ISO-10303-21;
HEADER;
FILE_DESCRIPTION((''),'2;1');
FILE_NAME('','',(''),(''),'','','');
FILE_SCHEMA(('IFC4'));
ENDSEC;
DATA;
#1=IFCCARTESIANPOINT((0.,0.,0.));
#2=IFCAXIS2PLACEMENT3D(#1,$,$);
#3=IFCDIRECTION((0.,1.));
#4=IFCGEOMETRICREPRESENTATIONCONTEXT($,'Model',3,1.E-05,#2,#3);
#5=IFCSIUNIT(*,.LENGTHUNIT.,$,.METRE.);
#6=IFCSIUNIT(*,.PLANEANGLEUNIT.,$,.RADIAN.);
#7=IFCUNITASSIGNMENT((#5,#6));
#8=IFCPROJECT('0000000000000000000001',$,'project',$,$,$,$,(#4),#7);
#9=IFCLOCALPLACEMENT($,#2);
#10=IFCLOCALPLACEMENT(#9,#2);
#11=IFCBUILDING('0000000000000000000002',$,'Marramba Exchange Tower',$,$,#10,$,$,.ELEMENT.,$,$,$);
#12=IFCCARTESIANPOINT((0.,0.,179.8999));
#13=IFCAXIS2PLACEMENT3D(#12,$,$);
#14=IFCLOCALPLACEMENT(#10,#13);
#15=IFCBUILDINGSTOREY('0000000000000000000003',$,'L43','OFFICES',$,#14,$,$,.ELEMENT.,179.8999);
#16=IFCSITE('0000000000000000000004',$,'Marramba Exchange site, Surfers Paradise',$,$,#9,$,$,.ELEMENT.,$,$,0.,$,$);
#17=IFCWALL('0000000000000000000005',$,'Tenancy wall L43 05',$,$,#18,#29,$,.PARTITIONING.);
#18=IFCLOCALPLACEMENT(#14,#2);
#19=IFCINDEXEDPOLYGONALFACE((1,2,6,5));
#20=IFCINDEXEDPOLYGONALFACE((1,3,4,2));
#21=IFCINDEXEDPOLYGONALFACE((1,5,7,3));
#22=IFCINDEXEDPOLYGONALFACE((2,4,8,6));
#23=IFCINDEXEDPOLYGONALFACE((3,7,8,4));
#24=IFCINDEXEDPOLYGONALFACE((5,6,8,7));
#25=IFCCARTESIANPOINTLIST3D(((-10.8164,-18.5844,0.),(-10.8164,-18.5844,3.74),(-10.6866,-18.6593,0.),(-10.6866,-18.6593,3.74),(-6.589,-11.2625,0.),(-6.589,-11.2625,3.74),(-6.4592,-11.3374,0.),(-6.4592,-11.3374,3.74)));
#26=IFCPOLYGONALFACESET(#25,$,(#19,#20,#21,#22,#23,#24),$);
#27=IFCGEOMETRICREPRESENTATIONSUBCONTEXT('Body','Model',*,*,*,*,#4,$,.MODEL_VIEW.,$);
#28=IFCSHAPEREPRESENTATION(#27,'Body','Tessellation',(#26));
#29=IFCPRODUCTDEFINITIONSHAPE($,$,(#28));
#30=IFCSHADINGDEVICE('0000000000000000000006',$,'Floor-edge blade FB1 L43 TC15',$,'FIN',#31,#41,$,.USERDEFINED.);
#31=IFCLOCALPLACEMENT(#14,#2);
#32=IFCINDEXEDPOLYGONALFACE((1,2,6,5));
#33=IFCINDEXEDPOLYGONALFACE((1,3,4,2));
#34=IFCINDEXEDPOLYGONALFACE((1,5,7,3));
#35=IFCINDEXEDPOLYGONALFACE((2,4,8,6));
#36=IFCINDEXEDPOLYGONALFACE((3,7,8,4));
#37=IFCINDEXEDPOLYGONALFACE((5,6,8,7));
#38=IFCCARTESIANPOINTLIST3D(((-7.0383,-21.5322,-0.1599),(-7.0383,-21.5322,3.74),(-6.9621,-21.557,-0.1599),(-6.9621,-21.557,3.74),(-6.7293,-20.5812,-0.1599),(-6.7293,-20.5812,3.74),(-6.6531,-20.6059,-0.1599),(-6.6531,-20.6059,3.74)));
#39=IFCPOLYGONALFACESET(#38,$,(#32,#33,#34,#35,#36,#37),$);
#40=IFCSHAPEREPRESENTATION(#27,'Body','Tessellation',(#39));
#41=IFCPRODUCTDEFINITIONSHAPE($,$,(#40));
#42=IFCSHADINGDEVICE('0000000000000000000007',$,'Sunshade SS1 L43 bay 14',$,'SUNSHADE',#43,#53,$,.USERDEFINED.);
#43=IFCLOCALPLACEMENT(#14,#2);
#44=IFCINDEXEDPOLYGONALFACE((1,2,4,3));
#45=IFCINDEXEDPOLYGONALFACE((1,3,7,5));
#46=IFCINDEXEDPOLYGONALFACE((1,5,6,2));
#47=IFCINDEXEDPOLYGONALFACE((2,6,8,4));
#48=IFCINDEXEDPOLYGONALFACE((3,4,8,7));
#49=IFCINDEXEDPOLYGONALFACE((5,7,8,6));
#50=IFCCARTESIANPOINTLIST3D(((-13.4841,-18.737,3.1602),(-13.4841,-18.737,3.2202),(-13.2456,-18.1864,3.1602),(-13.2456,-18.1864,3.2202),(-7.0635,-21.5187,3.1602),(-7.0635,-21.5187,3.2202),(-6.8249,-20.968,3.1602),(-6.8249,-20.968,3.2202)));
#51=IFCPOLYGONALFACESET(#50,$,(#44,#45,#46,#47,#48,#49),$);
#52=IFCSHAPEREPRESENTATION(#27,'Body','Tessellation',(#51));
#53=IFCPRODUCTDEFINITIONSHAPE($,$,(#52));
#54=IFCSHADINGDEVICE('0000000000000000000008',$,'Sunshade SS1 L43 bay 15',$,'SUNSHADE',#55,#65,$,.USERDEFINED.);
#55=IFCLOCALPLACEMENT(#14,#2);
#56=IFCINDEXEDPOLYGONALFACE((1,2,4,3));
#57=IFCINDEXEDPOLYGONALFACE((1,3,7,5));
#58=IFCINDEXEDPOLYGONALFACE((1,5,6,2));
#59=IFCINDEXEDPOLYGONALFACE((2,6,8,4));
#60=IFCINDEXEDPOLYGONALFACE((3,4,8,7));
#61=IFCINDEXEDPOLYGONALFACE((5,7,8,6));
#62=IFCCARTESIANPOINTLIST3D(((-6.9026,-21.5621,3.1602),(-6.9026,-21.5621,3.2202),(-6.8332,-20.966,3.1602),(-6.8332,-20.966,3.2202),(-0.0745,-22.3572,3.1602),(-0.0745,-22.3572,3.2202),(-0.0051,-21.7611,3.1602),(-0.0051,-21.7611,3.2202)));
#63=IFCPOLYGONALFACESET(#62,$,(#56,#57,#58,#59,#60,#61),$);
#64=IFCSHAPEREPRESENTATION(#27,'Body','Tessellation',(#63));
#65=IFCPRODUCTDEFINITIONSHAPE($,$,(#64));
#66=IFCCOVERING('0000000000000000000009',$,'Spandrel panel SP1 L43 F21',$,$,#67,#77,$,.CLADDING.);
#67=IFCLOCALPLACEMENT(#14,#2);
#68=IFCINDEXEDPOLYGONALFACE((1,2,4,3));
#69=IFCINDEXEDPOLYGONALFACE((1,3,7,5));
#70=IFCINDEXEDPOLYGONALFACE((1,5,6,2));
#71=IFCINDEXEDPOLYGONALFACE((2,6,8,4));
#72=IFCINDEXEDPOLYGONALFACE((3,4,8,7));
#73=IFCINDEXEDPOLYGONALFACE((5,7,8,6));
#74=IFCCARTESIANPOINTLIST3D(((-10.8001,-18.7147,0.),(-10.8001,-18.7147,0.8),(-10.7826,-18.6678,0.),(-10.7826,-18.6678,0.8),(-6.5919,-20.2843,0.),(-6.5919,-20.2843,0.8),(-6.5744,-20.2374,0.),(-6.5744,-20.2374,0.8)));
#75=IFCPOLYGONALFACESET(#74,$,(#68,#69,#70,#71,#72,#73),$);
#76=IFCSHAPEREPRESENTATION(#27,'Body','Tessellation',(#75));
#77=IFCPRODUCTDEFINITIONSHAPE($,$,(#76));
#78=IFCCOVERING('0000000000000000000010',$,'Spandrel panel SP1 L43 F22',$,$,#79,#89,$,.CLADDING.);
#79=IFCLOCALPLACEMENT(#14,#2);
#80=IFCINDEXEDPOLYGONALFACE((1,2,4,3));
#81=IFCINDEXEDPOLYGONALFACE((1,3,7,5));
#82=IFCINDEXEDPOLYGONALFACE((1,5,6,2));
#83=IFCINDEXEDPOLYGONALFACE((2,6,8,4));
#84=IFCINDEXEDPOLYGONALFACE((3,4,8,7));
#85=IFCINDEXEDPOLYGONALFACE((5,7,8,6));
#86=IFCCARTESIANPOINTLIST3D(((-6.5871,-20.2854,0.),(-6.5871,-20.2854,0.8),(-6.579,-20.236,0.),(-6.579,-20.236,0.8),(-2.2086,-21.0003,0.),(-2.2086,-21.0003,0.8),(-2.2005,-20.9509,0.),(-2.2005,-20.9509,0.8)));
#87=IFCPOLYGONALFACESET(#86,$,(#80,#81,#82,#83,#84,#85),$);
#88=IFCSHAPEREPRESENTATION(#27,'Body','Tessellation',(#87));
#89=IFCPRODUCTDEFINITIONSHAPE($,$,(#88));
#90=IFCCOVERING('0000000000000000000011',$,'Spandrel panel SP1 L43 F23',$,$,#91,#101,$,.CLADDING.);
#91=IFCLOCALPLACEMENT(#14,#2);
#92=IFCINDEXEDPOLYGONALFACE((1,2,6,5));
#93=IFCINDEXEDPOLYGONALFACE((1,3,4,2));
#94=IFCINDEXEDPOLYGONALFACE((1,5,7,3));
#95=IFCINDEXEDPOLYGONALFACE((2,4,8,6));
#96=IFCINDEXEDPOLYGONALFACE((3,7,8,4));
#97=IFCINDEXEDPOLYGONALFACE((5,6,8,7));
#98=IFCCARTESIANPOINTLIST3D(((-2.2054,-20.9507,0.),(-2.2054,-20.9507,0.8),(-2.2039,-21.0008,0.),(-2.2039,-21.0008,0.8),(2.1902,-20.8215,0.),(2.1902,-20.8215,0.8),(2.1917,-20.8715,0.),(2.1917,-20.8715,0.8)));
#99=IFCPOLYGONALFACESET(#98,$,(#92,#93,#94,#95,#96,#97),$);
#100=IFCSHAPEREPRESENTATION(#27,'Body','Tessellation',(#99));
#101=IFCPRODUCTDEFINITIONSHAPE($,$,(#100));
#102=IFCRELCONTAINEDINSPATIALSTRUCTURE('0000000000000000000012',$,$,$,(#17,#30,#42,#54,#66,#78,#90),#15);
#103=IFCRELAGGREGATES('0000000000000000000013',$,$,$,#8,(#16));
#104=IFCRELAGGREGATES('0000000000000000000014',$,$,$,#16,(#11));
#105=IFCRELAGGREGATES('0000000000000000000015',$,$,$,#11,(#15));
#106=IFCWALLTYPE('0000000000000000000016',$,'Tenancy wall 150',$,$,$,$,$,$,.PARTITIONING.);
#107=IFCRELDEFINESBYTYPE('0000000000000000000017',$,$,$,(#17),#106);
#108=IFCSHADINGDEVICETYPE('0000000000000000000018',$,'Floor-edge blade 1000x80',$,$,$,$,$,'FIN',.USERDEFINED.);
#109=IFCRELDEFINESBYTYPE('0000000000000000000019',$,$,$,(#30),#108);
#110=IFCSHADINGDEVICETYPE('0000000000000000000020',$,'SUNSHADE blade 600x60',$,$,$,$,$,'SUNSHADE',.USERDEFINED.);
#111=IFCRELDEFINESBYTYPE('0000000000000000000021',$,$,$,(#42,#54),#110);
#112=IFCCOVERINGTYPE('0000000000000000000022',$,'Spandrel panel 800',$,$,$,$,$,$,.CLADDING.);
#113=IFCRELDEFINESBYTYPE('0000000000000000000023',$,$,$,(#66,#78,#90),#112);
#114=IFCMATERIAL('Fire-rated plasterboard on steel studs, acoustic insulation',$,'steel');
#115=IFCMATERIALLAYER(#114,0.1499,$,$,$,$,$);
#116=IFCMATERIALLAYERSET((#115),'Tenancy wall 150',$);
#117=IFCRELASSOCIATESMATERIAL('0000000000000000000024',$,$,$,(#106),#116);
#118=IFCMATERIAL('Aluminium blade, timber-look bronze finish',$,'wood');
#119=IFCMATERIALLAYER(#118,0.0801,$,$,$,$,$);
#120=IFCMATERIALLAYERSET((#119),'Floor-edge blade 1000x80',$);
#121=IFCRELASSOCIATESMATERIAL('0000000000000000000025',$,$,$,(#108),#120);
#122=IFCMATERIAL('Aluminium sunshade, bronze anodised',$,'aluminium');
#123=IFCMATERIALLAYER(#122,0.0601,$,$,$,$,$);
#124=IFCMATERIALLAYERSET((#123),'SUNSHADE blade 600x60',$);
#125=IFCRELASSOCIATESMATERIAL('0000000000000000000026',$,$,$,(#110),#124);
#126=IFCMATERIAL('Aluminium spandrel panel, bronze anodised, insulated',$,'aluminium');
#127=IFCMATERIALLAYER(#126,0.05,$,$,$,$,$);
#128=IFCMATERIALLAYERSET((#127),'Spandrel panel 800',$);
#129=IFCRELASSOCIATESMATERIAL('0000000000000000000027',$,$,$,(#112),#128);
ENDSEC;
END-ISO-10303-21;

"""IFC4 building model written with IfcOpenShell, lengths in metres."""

from ifc_helpers import new_model, si_unit, direction, frame, frame_2d, origin, origin_2d, place, context, subcontext, project, spatial, rectangle, extrude, material, layer, layer_set, type_object, element, save


model = new_model("IFC4")

# Units and contexts
model_context = context("Model", 3, precision=1e-05, world=origin(), true_north=direction((0.0, 1.0)))
body_context = subcontext(model_context, "Body", "Model", "MODEL_VIEW")
ifc_project = project(units=[si_unit("LENGTHUNIT", "METRE"), si_unit("PLANEANGLEUNIT", "RADIAN")], contexts=[model_context])

# Site, building, storey
site_placement = place(None, origin())
site = spatial("IfcSite", under=ifc_project, at=site_placement, Name="Marramba Exchange site, Surfers Paradise", CompositionType="ELEMENT", RefElevation=0.0)
building_placement = place(site_placement, origin())
building = spatial("IfcBuilding", under=site, at=building_placement, Name="Marramba Exchange Tower", CompositionType="ELEMENT")
storey_placement = place(building_placement, frame((0.0, 0.0, 179.8999)))
storey = spatial("IfcBuildingStorey", under=building, at=storey_placement, Name="L43", Description="OFFICES", CompositionType="ELEMENT", Elevation=179.8999)

# Wall
ifc_material_1 = material(Name="Fire-rated plasterboard on steel studs, acoustic insulation", Category="steel")
ifc_layer_1 = layer(ifc_material_1, 0.1499)
ifc_layer_set_1 = layer_set([ifc_layer_1], Name="Tenancy wall 150")
wall_type = type_object("IfcWallType", Name="Tenancy wall 150", PredefinedType="PARTITIONING", material=ifc_layer_set_1)
wall_placement = place(storey_placement, frame((-10.7515, -18.6218, 0.0), z_axis=(0.0, 0.0, 1.0), x_axis=(0.500006, 0.866022, 0.0)))
element("IfcWall", 1, at=wall_placement, inside=storey, type_object=wall_type, Name="Tenancy wall L43 05", PredefinedType="PARTITIONING", context=body_context, shape_type="SweptSolid", body=[
    extrude(rectangle(XDim=8.4546, YDim=0.1499, at=frame_2d((4.2273, 0.0))), origin(), (0.0, 0.0, 1.0), 3.74),
])

# Shading devices
ifc_material_2 = material(Name="Aluminium blade, timber-look bronze finish", Category="wood")
ifc_layer_2 = layer(ifc_material_2, 0.0801)
ifc_layer_set_2 = layer_set([ifc_layer_2], Name="Floor-edge blade 1000x80")
shading_device_type_1 = type_object("IfcShadingDeviceType", Name="Floor-edge blade 1000x80", ElementType="FIN", PredefinedType="USERDEFINED", material=ifc_layer_set_2)
shading_device_1_placement = place(storey_placement, frame((-6.8457, -21.0691, -0.1599), z_axis=(0.0, 0.0, 1.0), x_axis=(-0.309017, -0.951057, 0.0)))
element("IfcShadingDevice", 2, at=shading_device_1_placement, inside=storey, type_object=shading_device_type_1, Name="Floor-edge blade FB1 L43 TC15", ObjectType="FIN", PredefinedType="USERDEFINED", context=body_context, shape_type="SweptSolid", body=[
    extrude(rectangle(XDim=1.0, YDim=0.0801, at=origin_2d()), origin(), (0.0, 0.0, 1.0), 3.8999),
])
ifc_material_3 = material(Name="Aluminium sunshade, bronze anodised", Category="aluminium")
ifc_layer_3 = layer(ifc_material_3, 0.0601)
ifc_layer_set_3 = layer_set([ifc_layer_3], Name="SUNSHADE blade 600x60")
shading_device_type_2 = type_object("IfcShadingDeviceType", Name="SUNSHADE blade 600x60", ElementType="SUNSHADE", PredefinedType="USERDEFINED", material=ifc_layer_set_3)
shading_device_2_placement = place(storey_placement, frame((-10.1545, -19.8525, 3.1602), z_axis=(0.0, 0.0, 1.0), x_axis=(0.917589, -0.39753, 0.0)))
element("IfcShadingDevice", 3, at=shading_device_2_placement, inside=storey, type_object=shading_device_type_2, Name="Sunshade SS1 L43 bay 14", ObjectType="SUNSHADE", PredefinedType="USERDEFINED", context=body_context, shape_type="SweptSolid", body=[
    extrude(rectangle(XDim=6.9973, YDim=0.6001, at=origin_2d()), origin(), (0.0, 0.0, 1.0), 0.0601),
])
shading_device_3_placement = place(storey_placement, frame((-3.4539, -21.6616, 3.1602), z_axis=(0.0, 0.0, 1.0), x_axis=(0.993288, -0.115665, 0.0)))
element("IfcShadingDevice", 4, at=shading_device_3_placement, inside=storey, type_object=shading_device_type_2, Name="Sunshade SS1 L43 bay 15", ObjectType="SUNSHADE", PredefinedType="USERDEFINED", context=body_context, shape_type="SweptSolid", body=[
    extrude(rectangle(XDim=6.8743, YDim=0.6001, at=origin_2d()), origin(), (0.0, 0.0, 1.0), 0.0601),
])

# Coverings
ifc_material_4 = material(Name="Aluminium spandrel panel, bronze anodised, insulated", Category="aluminium")
ifc_layer_4 = layer(ifc_material_4, 0.05)
ifc_layer_set_4 = layer_set([ifc_layer_4], Name="Spandrel panel 800")
covering_type = type_object("IfcCoveringType", Name="Spandrel panel 800", PredefinedType="CLADDING", material=ifc_layer_set_4)
covering_1_placement = place(storey_placement, frame((-8.6873, -19.4761, 0.0), z_axis=(0.0, 0.0, 1.0), x_axis=(0.936952, -0.349459, 0.0)))
element("IfcCovering", 5, at=covering_1_placement, inside=storey, type_object=covering_type, Name="Spandrel panel SP1 L43 F21", PredefinedType="CLADDING", context=body_context, shape_type="SweptSolid", body=[
    extrude(rectangle(XDim=4.4915, YDim=0.05, at=origin_2d()), origin(), (0.0, 0.0, 1.0), 0.8),
])
covering_2_placement = place(storey_placement, frame((-4.3938, -20.6182, 0.0), z_axis=(0.0, 0.0, 1.0), x_axis=(0.986931, -0.161146, 0.0)))
element("IfcCovering", 6, at=covering_2_placement, inside=storey, type_object=covering_type, Name="Spandrel panel SP1 L43 F22", PredefinedType="CLADDING", context=body_context, shape_type="SweptSolid", body=[
    extrude(rectangle(XDim=4.4365, YDim=0.05, at=origin_2d()), origin(), (0.0, 0.0, 1.0), 0.8),
])
covering_3_placement = place(storey_placement, frame((-0.0068, -20.9111, 0.0), z_axis=(0.0, 0.0, 1.0), x_axis=(0.999568, 0.029393, 0.0)))
element("IfcCovering", 7, at=covering_3_placement, inside=storey, type_object=covering_type, Name="Spandrel panel SP1 L43 F23", PredefinedType="CLADDING", context=body_context, shape_type="SweptSolid", body=[
    extrude(rectangle(XDim=4.3975, YDim=0.05, at=origin_2d()), origin(), (0.0, 0.0, 1.0), 0.8),
])

save(model, "model.ifc")
